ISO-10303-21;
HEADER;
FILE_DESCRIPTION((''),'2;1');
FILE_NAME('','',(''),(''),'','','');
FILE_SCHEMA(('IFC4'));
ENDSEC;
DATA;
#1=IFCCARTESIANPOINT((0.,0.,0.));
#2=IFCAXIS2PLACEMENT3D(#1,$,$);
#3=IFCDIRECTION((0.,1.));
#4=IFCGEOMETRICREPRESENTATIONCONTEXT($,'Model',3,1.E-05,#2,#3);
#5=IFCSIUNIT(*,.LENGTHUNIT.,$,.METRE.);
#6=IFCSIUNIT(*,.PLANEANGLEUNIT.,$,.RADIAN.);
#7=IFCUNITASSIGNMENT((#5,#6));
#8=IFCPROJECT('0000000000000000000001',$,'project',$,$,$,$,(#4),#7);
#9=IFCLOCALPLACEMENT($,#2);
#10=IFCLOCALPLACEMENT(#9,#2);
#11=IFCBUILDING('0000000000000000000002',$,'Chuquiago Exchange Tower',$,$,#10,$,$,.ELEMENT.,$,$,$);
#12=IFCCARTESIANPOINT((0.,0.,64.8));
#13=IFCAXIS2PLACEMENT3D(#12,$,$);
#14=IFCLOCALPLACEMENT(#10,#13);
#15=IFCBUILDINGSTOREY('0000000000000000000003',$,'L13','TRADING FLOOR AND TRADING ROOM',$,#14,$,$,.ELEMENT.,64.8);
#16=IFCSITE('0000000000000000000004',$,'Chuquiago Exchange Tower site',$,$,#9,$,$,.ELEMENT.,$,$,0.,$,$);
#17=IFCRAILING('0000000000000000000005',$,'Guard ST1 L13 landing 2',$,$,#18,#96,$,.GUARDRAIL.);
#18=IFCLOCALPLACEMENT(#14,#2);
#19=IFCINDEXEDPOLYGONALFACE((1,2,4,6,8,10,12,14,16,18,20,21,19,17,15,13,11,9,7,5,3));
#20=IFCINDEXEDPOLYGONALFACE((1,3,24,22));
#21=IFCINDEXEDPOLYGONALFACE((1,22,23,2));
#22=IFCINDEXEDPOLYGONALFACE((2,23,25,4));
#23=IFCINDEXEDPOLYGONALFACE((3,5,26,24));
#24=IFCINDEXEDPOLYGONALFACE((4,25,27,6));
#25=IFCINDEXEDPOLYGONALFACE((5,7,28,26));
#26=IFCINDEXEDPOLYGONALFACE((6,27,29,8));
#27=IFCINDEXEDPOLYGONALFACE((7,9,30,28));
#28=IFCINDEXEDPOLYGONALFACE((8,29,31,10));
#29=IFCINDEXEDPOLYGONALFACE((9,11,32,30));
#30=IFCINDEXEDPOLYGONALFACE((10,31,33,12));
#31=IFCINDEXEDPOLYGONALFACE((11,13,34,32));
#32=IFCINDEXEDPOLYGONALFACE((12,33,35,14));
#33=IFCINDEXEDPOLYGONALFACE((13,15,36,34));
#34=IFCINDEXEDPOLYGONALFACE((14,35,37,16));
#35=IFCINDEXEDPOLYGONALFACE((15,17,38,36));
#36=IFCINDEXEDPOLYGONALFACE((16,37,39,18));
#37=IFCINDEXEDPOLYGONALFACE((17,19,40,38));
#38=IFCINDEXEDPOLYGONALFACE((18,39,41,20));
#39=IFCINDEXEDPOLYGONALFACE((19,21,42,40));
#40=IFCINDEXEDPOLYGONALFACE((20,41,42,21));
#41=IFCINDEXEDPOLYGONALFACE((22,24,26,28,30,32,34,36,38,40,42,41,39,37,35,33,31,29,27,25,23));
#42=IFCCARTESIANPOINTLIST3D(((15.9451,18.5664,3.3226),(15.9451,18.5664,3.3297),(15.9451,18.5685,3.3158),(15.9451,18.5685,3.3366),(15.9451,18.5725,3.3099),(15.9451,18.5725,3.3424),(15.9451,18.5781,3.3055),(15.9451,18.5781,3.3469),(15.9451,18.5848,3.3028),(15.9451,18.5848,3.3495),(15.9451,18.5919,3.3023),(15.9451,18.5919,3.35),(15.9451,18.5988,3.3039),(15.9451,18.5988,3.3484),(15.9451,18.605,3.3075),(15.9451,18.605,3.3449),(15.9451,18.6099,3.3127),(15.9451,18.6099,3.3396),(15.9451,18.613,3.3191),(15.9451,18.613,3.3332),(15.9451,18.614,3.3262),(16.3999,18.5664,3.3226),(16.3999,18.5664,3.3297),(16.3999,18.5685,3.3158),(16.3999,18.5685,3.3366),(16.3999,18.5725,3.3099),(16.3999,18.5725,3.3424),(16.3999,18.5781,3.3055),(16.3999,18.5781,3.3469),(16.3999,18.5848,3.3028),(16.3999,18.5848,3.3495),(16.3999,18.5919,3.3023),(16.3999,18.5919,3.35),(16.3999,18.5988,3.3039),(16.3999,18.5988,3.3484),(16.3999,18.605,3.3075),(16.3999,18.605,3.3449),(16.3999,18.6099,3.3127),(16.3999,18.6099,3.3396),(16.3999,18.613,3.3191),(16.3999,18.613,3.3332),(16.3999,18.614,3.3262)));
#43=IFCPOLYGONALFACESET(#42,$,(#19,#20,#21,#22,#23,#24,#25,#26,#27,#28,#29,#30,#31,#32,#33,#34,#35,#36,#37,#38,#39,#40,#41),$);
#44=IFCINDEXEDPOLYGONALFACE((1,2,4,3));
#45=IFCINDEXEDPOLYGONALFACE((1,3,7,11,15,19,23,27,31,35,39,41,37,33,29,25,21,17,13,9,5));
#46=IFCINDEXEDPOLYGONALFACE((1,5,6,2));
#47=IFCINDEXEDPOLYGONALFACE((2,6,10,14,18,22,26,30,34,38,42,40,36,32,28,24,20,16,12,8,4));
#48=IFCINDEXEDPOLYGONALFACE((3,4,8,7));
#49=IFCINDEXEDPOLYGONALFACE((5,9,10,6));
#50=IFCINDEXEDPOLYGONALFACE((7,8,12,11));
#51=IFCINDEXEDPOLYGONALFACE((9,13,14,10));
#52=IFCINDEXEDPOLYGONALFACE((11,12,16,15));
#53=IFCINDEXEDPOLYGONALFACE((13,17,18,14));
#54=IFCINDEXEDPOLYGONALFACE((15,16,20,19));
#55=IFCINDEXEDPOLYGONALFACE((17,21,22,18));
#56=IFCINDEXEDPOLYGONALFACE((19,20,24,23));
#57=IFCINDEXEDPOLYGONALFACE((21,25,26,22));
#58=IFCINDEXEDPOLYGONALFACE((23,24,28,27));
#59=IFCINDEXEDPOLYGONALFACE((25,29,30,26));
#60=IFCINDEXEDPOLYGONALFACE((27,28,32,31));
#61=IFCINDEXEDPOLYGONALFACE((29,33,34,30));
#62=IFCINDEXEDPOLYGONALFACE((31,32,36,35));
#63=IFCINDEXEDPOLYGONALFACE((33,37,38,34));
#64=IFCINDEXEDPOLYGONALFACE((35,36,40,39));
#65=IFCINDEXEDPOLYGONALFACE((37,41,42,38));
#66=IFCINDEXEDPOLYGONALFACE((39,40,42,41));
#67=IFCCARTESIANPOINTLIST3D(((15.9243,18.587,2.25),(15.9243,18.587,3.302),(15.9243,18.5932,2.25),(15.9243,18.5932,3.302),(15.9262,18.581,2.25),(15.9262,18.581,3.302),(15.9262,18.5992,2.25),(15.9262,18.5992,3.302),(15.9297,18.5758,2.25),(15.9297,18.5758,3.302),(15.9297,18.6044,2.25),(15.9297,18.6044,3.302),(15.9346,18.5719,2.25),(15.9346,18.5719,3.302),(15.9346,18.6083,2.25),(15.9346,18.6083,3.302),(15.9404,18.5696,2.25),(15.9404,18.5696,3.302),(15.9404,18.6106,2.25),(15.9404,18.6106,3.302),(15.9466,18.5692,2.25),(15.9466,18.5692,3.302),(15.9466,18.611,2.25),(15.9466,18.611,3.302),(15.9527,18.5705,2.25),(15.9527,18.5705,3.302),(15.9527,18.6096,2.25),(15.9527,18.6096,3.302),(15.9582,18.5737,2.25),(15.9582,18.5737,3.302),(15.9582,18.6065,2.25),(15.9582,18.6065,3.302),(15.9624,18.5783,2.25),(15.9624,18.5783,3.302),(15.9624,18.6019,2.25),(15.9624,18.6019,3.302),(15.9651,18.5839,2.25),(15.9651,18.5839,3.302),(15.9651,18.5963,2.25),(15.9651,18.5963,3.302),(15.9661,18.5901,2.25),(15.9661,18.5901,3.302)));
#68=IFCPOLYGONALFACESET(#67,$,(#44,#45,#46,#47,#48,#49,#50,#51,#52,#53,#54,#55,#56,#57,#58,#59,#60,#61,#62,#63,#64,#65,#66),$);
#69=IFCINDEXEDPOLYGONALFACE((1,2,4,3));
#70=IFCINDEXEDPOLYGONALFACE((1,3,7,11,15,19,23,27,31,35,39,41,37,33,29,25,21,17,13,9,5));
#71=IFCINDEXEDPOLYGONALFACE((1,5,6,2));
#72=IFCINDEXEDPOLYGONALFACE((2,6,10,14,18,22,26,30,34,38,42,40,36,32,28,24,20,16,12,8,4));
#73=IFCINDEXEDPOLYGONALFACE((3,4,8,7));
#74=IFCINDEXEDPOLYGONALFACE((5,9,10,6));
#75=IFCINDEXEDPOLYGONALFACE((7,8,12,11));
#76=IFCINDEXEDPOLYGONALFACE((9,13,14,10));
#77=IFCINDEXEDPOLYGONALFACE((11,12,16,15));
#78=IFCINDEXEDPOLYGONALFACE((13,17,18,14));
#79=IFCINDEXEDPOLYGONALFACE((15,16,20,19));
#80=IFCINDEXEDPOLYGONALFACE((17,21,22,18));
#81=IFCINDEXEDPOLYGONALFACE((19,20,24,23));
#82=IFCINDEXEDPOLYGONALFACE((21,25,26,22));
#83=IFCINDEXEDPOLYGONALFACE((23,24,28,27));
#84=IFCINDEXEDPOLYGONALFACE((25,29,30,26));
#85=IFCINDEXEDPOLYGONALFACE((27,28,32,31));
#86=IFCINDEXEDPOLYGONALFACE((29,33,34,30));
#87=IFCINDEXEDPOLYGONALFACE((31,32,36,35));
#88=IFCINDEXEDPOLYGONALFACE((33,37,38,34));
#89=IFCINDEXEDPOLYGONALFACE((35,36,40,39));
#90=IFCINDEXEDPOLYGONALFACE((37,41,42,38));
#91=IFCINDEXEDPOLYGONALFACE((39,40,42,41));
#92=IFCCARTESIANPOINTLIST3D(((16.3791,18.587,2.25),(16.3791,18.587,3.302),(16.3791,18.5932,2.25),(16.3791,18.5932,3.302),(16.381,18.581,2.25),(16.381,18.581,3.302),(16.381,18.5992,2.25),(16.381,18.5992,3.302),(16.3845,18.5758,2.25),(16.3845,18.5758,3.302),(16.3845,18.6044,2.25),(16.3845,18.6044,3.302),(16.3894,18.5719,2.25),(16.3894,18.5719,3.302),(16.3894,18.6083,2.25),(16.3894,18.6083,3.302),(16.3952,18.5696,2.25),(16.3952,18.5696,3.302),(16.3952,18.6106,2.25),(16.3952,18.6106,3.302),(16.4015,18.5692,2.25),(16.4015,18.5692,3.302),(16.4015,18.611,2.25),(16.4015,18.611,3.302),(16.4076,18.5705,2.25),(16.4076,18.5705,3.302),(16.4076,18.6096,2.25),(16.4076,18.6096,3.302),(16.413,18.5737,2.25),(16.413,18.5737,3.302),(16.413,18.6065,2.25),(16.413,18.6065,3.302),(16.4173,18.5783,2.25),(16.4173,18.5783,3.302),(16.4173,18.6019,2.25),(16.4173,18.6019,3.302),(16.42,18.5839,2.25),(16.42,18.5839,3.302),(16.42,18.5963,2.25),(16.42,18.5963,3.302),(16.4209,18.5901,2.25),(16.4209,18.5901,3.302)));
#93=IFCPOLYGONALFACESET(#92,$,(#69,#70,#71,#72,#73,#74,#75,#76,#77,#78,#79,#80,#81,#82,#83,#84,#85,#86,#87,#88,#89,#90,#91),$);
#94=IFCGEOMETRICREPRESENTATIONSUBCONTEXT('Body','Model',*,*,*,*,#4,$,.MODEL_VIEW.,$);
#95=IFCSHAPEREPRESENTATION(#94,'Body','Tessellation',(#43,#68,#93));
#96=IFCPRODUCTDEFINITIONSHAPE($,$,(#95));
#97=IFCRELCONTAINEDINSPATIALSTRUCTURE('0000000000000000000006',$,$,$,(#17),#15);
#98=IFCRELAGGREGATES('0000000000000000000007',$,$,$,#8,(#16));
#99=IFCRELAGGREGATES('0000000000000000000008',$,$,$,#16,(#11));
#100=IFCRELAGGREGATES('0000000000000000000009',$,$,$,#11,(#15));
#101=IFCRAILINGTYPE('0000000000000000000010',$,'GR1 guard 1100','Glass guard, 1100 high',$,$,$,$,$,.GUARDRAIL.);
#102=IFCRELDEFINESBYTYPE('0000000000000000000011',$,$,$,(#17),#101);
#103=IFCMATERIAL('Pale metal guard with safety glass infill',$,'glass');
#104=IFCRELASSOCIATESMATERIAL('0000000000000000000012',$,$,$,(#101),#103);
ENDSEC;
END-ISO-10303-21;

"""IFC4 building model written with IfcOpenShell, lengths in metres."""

from ifc_helpers import new_model, si_unit, direction, frame, origin, origin_2d, place, context, subcontext, project, spatial, circle, extrude, material, type_object, element, save


model = new_model("IFC4")

# Units and contexts
model_context = context("Model", 3, precision=1e-05, world=origin(), true_north=direction((0.0, 1.0)))
body_context = subcontext(model_context, "Body", "Model", "MODEL_VIEW")
ifc_project = project(units=[si_unit("LENGTHUNIT", "METRE"), si_unit("PLANEANGLEUNIT", "RADIAN")], contexts=[model_context])

# Site, building, storey
site_placement = place(None, origin())
site = spatial("IfcSite", under=ifc_project, at=site_placement, Name="Chuquiago Exchange Tower site", CompositionType="ELEMENT", RefElevation=0.0)
building_placement = place(site_placement, origin())
building = spatial("IfcBuilding", under=site, at=building_placement, Name="Chuquiago Exchange Tower", CompositionType="ELEMENT")
storey_placement = place(building_placement, frame((0.0, 0.0, 64.8)))
storey = spatial("IfcBuildingStorey", under=building, at=storey_placement, Name="L13", Description="TRADING FLOOR AND TRADING ROOM", CompositionType="ELEMENT", Elevation=64.8)

# Railing
ifc_material_1 = material(Name="Pale metal guard with safety glass infill", Category="glass")
railing_type_1 = type_object("IfcRailingType", Name="GR1 guard 1100", Description="Glass guard, 1100 high", PredefinedType="GUARDRAIL", material=ifc_material_1)
for number, where, name in (
    (1, (15.9451, 18.5901, 2.25), "Guard ST1 L13 landing 2"),
):
    element("IfcRailing", number, at=place(storey_placement, frame(where)), inside=storey, type_object=railing_type_1, Name=name, PredefinedType="GUARDRAIL", context=body_context, shape_type="SweptSolid", body=[
        extrude(circle(Radius=0.0239, at=origin_2d()), frame((0.0, 0.0, 1.0762), z_axis=(1.0, 0.0, 0.0), x_axis=(0.0, 1.0, 0.0)), (0.0, 0.0, 1.0), 0.4548),
        extrude(circle(Radius=0.021, at=origin_2d()), origin(), (0.0, 0.0, 1.0), 1.052),
        extrude(circle(Radius=0.021, at=origin_2d()), frame((0.4548, 0.0, 0.0)), (0.0, 0.0, 1.0), 1.052),
    ])

save(model, "model.ifc")
